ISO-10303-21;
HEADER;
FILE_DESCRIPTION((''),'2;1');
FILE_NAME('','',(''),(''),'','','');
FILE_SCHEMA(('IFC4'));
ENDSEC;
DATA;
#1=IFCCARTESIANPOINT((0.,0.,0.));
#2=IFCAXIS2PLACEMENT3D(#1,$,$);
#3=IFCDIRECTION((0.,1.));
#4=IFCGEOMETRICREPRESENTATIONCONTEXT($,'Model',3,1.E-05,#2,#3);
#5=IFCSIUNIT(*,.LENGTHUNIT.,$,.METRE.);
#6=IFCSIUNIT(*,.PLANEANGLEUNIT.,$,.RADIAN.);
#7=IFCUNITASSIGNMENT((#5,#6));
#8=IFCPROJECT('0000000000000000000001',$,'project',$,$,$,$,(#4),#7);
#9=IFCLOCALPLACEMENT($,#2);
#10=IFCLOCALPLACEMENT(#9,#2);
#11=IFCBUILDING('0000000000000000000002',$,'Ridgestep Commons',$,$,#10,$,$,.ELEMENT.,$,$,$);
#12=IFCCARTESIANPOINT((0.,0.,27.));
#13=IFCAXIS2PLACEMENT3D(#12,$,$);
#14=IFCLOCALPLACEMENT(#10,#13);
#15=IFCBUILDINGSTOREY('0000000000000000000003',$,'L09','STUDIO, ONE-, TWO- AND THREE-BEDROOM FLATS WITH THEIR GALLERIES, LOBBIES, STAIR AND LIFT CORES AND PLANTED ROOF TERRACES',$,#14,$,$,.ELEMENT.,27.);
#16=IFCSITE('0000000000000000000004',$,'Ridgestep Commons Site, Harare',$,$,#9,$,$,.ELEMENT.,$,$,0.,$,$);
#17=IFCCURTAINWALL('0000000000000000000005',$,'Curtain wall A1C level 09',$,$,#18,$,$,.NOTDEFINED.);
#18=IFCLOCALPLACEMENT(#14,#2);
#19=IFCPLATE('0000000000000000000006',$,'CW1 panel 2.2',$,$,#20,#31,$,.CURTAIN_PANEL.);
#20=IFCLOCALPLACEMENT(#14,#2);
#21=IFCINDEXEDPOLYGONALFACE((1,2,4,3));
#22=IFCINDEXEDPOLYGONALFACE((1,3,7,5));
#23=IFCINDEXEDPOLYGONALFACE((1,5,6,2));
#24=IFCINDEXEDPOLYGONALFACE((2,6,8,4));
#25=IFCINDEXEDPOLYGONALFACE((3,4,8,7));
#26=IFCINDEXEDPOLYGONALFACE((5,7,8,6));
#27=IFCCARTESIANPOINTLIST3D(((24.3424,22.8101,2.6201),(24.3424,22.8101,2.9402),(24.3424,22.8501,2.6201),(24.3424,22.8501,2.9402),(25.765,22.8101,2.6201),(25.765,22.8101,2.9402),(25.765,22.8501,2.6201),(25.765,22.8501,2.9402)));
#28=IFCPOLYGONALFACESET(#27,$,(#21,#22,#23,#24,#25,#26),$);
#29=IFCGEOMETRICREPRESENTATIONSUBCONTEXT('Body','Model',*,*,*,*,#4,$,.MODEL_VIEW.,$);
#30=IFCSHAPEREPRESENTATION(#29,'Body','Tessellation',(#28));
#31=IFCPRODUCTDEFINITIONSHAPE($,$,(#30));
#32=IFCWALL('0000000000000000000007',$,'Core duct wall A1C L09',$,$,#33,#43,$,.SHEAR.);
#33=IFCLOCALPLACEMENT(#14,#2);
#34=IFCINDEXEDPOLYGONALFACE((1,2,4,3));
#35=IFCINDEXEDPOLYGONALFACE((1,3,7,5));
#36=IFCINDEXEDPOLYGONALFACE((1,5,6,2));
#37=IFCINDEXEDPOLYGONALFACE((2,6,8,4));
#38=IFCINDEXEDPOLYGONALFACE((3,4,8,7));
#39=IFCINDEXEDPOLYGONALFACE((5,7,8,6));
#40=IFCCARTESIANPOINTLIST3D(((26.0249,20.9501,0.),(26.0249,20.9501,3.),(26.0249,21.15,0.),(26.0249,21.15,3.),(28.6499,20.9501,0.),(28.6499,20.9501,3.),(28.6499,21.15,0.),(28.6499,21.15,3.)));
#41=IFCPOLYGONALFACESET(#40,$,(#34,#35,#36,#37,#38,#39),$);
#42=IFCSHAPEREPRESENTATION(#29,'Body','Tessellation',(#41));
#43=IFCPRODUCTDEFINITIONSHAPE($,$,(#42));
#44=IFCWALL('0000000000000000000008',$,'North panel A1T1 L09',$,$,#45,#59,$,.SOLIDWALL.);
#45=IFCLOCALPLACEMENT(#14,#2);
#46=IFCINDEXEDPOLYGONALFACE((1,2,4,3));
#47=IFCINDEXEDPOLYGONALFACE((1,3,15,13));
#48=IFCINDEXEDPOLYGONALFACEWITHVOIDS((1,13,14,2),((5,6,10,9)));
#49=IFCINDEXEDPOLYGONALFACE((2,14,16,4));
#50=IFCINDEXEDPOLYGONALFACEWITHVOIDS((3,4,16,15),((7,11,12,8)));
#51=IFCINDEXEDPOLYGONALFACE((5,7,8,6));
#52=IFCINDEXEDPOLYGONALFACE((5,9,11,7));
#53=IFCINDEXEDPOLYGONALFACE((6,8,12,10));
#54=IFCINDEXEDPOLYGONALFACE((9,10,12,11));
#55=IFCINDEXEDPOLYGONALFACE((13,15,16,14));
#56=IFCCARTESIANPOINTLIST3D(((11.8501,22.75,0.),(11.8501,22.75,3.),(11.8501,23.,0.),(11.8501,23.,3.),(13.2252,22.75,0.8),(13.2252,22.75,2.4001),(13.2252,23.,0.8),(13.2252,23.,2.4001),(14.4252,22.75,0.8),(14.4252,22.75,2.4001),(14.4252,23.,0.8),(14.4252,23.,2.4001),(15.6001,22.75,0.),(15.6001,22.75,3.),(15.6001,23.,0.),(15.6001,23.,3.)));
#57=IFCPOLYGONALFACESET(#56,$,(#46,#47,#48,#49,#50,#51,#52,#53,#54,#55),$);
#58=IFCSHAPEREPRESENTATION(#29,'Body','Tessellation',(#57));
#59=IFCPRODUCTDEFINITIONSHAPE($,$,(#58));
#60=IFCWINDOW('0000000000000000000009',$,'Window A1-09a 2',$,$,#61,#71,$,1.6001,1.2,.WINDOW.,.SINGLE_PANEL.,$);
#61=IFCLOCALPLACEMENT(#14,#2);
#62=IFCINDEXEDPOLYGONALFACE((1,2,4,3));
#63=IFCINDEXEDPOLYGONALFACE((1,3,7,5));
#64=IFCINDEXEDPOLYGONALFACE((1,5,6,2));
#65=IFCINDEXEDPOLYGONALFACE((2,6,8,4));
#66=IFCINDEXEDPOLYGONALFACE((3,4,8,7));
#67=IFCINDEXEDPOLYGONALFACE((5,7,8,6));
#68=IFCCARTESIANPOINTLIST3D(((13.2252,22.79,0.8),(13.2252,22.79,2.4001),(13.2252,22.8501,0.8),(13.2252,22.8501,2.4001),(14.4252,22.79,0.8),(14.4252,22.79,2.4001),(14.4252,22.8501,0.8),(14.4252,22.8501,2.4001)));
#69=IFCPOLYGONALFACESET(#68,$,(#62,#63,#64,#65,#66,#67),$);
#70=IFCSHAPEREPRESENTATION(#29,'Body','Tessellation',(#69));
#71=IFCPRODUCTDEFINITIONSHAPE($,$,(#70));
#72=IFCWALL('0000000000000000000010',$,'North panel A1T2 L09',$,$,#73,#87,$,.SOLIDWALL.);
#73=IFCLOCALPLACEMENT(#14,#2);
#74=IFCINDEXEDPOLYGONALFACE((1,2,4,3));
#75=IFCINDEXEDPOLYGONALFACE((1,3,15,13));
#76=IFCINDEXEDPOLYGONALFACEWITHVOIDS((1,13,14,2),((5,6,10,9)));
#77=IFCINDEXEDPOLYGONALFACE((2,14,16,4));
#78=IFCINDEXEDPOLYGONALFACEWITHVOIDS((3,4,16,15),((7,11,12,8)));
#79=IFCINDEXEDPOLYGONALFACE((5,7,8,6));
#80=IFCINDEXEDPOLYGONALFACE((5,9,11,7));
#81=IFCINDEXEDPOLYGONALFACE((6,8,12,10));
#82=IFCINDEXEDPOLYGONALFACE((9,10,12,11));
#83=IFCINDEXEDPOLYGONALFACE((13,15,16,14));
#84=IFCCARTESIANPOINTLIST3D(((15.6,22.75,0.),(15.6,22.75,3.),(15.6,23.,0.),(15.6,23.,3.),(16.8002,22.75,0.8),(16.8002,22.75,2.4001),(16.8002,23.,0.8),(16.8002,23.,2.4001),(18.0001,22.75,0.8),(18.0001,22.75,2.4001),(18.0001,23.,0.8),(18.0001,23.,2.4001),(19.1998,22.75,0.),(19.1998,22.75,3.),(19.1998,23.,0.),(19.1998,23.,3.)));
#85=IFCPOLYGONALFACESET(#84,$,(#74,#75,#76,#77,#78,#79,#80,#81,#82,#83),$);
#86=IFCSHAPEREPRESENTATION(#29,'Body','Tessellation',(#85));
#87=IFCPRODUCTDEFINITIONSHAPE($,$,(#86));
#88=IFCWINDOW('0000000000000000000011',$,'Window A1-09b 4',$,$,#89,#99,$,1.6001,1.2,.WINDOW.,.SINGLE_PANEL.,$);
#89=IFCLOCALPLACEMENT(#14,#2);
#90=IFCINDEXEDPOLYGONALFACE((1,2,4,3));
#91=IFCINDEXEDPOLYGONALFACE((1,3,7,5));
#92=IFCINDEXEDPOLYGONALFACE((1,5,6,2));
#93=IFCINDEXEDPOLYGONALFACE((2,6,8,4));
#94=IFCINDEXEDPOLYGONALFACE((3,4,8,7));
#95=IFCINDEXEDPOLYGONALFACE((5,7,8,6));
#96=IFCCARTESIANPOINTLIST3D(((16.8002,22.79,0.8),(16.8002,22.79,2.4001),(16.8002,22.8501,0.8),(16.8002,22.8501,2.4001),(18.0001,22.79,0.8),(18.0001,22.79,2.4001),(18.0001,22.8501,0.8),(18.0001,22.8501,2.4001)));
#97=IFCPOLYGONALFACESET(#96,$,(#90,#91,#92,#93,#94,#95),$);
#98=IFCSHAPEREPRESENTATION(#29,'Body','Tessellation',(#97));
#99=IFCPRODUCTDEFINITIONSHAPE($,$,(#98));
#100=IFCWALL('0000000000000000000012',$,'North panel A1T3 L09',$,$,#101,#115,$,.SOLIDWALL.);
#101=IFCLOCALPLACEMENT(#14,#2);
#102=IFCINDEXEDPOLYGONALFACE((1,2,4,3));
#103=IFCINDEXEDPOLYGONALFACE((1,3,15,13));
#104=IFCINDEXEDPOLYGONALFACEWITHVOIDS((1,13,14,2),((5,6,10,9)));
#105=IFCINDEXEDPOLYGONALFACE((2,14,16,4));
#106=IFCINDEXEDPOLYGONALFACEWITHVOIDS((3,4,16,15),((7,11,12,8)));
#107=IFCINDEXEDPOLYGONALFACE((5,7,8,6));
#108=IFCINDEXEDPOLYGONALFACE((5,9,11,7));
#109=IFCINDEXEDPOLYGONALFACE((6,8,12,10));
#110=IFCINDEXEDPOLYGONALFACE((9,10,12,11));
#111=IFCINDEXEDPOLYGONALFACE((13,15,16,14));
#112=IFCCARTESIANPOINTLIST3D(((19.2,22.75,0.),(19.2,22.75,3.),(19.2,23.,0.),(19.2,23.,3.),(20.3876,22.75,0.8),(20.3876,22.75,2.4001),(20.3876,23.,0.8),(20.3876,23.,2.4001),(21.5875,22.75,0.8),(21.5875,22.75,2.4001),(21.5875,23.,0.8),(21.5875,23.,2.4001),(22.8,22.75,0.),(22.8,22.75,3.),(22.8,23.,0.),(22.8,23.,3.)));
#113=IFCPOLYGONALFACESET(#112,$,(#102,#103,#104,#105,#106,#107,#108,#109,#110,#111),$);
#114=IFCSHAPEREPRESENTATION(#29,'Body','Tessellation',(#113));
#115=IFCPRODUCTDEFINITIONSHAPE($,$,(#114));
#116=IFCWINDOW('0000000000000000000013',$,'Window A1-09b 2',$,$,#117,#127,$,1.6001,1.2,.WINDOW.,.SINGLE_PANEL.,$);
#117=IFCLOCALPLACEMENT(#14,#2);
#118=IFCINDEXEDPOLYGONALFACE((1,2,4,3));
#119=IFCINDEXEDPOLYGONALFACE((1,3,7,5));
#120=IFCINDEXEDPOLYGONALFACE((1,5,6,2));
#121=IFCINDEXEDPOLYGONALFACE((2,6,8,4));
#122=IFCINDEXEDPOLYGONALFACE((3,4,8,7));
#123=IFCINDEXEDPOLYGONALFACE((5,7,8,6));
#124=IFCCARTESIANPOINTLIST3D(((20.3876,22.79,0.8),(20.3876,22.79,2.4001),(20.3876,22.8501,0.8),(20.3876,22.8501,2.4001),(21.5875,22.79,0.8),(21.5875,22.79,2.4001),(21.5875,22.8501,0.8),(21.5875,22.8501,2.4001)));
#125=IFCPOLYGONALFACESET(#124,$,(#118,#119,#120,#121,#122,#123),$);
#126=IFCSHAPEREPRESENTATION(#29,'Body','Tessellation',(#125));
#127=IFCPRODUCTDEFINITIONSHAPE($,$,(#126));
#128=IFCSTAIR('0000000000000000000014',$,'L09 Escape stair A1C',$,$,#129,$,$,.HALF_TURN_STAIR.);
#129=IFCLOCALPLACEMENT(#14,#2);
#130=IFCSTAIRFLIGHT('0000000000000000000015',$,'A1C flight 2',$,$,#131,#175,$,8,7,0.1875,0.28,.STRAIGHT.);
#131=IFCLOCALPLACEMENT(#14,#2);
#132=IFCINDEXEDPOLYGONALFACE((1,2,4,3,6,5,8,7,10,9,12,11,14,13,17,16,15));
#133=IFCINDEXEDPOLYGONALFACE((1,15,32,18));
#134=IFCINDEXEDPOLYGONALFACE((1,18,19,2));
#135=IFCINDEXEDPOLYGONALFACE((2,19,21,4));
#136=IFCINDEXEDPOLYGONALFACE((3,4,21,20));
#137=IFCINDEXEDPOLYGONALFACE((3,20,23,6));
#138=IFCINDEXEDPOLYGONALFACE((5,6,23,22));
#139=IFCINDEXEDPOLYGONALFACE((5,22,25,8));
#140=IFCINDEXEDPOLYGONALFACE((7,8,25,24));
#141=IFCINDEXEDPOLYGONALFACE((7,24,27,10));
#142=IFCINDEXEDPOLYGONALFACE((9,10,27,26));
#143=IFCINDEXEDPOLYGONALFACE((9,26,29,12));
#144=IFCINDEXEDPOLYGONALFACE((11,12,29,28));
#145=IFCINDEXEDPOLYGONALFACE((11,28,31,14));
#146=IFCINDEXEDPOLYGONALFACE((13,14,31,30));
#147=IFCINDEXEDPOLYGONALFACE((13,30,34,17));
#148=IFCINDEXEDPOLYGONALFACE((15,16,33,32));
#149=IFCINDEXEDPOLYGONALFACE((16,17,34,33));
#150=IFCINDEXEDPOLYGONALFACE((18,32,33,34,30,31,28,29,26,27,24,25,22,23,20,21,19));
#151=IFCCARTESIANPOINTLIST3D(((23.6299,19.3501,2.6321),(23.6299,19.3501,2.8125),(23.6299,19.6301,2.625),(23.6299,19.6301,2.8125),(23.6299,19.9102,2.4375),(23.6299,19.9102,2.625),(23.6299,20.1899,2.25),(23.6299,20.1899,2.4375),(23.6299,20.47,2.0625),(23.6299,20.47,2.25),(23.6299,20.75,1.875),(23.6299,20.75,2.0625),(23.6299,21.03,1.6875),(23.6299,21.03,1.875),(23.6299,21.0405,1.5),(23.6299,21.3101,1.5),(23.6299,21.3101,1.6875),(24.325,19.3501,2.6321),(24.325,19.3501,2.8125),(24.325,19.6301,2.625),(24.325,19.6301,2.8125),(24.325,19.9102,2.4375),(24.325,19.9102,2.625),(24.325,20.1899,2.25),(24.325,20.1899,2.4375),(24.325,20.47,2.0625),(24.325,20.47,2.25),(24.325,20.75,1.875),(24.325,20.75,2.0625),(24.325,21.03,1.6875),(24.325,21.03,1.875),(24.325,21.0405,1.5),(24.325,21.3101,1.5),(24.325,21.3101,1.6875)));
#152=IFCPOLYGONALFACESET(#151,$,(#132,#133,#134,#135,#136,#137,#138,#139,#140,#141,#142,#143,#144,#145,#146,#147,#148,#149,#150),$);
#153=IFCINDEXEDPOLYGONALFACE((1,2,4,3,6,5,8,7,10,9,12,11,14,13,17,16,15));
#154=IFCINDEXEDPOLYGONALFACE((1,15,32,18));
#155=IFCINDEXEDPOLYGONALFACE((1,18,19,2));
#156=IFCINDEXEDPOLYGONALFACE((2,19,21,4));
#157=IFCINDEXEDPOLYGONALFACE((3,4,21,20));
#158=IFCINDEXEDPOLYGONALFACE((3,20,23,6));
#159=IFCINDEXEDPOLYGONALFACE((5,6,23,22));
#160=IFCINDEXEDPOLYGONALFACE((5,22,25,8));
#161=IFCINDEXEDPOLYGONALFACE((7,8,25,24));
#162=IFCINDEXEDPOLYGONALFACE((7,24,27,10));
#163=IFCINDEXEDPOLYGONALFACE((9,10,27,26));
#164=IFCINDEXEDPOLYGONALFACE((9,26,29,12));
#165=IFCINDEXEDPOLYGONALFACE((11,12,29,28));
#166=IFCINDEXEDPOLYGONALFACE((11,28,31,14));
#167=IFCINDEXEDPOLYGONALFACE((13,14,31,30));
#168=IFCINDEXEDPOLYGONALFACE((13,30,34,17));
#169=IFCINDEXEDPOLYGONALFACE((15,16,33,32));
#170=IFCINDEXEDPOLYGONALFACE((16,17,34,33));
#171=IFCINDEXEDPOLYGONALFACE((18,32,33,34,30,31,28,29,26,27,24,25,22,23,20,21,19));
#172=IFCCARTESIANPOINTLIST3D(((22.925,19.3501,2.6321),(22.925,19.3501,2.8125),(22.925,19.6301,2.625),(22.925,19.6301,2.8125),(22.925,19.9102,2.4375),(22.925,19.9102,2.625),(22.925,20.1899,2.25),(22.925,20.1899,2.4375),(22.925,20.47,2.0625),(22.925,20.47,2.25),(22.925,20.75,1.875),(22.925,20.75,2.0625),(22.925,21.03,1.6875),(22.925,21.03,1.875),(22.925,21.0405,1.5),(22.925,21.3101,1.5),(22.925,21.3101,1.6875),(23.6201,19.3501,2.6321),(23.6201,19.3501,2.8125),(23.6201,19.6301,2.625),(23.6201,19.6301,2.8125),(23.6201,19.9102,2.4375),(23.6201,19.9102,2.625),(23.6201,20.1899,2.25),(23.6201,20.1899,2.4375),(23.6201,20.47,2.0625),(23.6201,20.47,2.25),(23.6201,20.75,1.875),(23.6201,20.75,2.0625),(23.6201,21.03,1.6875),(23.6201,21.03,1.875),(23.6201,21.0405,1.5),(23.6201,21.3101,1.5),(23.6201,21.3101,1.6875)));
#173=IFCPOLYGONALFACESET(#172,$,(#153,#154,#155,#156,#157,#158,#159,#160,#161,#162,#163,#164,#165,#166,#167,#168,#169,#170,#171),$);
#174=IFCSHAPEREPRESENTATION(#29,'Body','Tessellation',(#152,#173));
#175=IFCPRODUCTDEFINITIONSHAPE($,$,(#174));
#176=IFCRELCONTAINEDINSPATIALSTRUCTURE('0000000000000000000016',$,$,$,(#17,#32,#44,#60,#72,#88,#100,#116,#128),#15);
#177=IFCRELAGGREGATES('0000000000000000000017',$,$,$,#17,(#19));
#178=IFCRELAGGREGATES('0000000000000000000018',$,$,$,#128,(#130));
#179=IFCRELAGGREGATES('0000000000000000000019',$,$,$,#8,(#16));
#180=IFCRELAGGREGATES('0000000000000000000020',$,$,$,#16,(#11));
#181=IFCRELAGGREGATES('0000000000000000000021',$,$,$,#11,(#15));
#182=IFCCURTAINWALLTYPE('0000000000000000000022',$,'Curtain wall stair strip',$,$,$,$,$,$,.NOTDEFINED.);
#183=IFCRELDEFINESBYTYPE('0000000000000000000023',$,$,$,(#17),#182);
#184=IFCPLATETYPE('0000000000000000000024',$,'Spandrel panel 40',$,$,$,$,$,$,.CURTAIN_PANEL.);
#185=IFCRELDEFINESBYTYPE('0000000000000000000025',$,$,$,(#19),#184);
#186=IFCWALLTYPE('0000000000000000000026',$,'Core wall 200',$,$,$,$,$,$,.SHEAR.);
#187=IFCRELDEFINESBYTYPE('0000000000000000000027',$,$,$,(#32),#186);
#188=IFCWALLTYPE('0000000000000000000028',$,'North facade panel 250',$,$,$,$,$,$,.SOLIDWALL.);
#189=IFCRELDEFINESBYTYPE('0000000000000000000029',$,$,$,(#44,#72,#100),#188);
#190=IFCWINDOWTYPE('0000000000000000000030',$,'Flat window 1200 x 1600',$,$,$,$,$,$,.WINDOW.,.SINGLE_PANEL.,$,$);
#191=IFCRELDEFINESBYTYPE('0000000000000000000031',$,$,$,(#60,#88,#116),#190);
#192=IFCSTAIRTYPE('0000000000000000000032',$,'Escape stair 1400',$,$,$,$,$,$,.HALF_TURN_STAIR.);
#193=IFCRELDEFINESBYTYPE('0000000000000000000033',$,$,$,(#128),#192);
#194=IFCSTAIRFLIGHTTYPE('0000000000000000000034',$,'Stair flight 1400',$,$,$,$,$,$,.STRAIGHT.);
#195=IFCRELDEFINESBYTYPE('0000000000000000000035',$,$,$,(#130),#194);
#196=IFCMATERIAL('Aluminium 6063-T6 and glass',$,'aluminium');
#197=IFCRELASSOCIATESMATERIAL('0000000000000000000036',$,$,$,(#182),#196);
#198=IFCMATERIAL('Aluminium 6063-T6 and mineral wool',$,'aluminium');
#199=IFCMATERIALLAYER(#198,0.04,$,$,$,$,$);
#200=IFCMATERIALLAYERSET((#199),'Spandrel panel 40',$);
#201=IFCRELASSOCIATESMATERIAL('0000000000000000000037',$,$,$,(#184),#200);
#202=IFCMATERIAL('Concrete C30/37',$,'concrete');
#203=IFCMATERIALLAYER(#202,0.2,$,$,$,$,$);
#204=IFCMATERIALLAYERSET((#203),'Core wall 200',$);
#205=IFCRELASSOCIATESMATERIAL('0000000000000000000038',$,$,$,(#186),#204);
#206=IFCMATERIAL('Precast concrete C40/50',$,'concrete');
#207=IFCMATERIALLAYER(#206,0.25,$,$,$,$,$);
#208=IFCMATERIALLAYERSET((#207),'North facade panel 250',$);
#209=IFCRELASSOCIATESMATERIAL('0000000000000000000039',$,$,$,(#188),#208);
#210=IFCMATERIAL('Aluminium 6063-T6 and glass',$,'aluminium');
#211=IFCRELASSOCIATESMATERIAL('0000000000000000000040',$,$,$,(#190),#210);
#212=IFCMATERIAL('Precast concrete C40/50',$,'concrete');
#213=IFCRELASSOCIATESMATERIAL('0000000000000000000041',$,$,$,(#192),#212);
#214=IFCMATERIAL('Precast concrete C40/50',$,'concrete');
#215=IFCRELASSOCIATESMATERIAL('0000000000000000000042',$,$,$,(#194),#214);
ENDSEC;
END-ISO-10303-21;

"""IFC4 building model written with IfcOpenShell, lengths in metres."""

from ifc_helpers import new_model, si_unit, direction, frame, frame_2d, origin, origin_2d, place, context, subcontext, project, spatial, polyline, rectangle, outline, extrude, material, layer, layer_set, type_object, element, fill, aggregate, save


model = new_model("IFC4")

# Units and contexts
model_context = context("Model", 3, precision=1e-05, world=origin(), true_north=direction((0.0, 1.0)))
body_context = subcontext(model_context, "Body", "Model", "MODEL_VIEW")
ifc_project = project(units=[si_unit("LENGTHUNIT", "METRE"), si_unit("PLANEANGLEUNIT", "RADIAN")], contexts=[model_context])

# Site, building, storey
site_placement = place(None, origin())
site = spatial("IfcSite", under=ifc_project, at=site_placement, Name="Ridgestep Commons Site, Harare", CompositionType="ELEMENT", RefElevation=0.0)
building_placement = place(site_placement, origin())
building = spatial("IfcBuilding", under=site, at=building_placement, Name="Ridgestep Commons", CompositionType="ELEMENT")
storey_placement = place(building_placement, frame((0.0, 0.0, 27.0)))
storey = spatial("IfcBuildingStorey", under=building, at=storey_placement, Name="L09", Description="STUDIO, ONE-, TWO- AND THREE-BEDROOM FLATS WITH THEIR GALLERIES, LOBBIES, STAIR AND LIFT CORES AND PLANTED ROOF TERRACES", CompositionType="ELEMENT", Elevation=27.0)

# Curtain wall
ifc_material_1 = material(Name="Aluminium 6063-T6 and glass", Category="aluminium")
curtain_wall_type = type_object("IfcCurtainWallType", Name="Curtain wall stair strip", PredefinedType="NOTDEFINED", material=ifc_material_1)
curtain_wall_1_placement = place(storey_placement, origin())
curtain_wall_1 = element("IfcCurtainWall", 1, at=curtain_wall_1_placement, inside=storey, type_object=curtain_wall_type, Name="Curtain wall A1C level 09", PredefinedType="NOTDEFINED")

# Plate
ifc_material_2 = material(Name="Aluminium 6063-T6 and mineral wool", Category="aluminium")
ifc_layer_1 = layer(ifc_material_2, 0.04)
ifc_layer_set_1 = layer_set([ifc_layer_1], Name="Spandrel panel 40")
plate_type_1 = type_object("IfcPlateType", Name="Spandrel panel 40", PredefinedType="CURTAIN_PANEL", material=ifc_layer_set_1)
plate_1_placement = place(storey_placement, frame((25.0537, 22.8301, 2.6201), z_axis=(0.0, 0.0, 1.0), x_axis=(1.0, 0.0, 0.0)))
plate_1 = element("IfcPlate", 2, at=plate_1_placement, type_object=plate_type_1, Name="CW1 panel 2.2", PredefinedType="CURTAIN_PANEL", context=body_context, shape_type="SweptSolid", body=[
    extrude(rectangle(XDim=1.4226, YDim=0.04, at=origin_2d()), origin(), (0.0, 0.0, 1.0), 0.3201),
])
aggregate(curtain_wall_1, [plate_1])

# Wall
ifc_material_3 = material(Name="Concrete C30/37", Category="concrete")
ifc_layer_2 = layer(ifc_material_3, 0.2)
ifc_layer_set_2 = layer_set([ifc_layer_2], Name="Core wall 200")
wall_type_1 = type_object("IfcWallType", Name="Core wall 200", PredefinedType="SHEAR", material=ifc_layer_set_2)
wall_1_placement = place(storey_placement, frame((26.0249, 21.05, 0.0), z_axis=(0.0, 0.0, 1.0), x_axis=(1.0, 0.0, 0.0)))
element("IfcWall", 3, at=wall_1_placement, inside=storey, type_object=wall_type_1, Name="Core duct wall A1C L09", PredefinedType="SHEAR", context=body_context, shape_type="SweptSolid", body=[
    extrude(rectangle(XDim=2.625, YDim=0.2, at=frame_2d((1.3125, 0.0))), origin(), (0.0, 0.0, 1.0), 3.0),
])

# Walls, openings, windows
ifc_material_4 = material(Name="Precast concrete C40/50", Category="concrete")
ifc_layer_3 = layer(ifc_material_4, 0.25)
ifc_layer_set_3 = layer_set([ifc_layer_3], Name="North facade panel 250")
wall_type_2 = type_object("IfcWallType", Name="North facade panel 250", PredefinedType="SOLIDWALL", material=ifc_layer_set_3)
wall_2_placement = place(storey_placement, frame((11.8501, 22.875, 0.0), z_axis=(0.0, 0.0, 1.0), x_axis=(1.0, 0.0, 0.0)))
wall_2 = element("IfcWall", 4, at=wall_2_placement, inside=storey, type_object=wall_type_2, Name="North panel A1T1 L09", PredefinedType="SOLIDWALL", context=body_context, shape_type="SweptSolid", body=[
    extrude(rectangle(XDim=3.75, YDim=0.25, at=frame_2d((1.875, 0.0))), origin(), (0.0, 0.0, 1.0), 3.0),
])
opening_1_placement = place(wall_2_placement, frame((1.375, 0.0, 0.8)))
opening_1 = element("IfcOpeningElement", 5, at=opening_1_placement, cuts=wall_2, PredefinedType="OPENING", context=body_context, shape_type="SweptSolid", body=[
    extrude(rectangle(XDim=1.2, YDim=1.6001, at=frame_2d((0.6001, 0.8))), frame((0.0, 0.135, 0.0), z_axis=(0.0, -1.0, 0.0), x_axis=(1.0, 0.0, 0.0)), (0.0, 0.0, 1.0), 0.27),
])
ifc_material_5 = material(Name="Aluminium 6063-T6 and glass", Category="aluminium")
window_type = type_object("IfcWindowType", Name="Flat window 1200 x 1600", PartitioningType="SINGLE_PANEL", PredefinedType="WINDOW", material=ifc_material_5)
window_1_placement = place(opening_1_placement, origin())
window_1 = element("IfcWindow", 6, at=window_1_placement, inside=storey, type_object=window_type, Name="Window A1-09a 2", OverallHeight=1.6001, OverallWidth=1.2, PartitioningType="SINGLE_PANEL", PredefinedType="WINDOW", context=body_context, shape_type="SweptSolid", body=[
    extrude(rectangle(XDim=1.2, YDim=1.6001, at=frame_2d((0.6001, 0.8))), frame((0.0, -0.0249, 0.0), z_axis=(0.0, -1.0, 0.0), x_axis=(1.0, 0.0, 0.0)), (0.0, 0.0, 1.0), 0.0601),
])
fill(opening_1, window_1)
wall_3_placement = place(storey_placement, frame((15.6001, 22.875, 0.0), z_axis=(0.0, 0.0, 1.0), x_axis=(1.0, 0.0, 0.0)))
wall_3 = element("IfcWall", 7, at=wall_3_placement, inside=storey, type_object=wall_type_2, Name="North panel A1T2 L09", PredefinedType="SOLIDWALL", context=body_context, shape_type="SweptSolid", body=[
    extrude(rectangle(XDim=3.5999, YDim=0.25, at=frame_2d((1.7998, 0.0))), origin(), (0.0, 0.0, 1.0), 3.0),
])
opening_2_placement = place(wall_3_placement, frame((1.2, 0.0, 0.8)))
opening_2 = element("IfcOpeningElement", 8, at=opening_2_placement, cuts=wall_3, PredefinedType="OPENING", context=body_context, shape_type="SweptSolid", body=[
    extrude(rectangle(XDim=1.2, YDim=1.6001, at=frame_2d((0.6001, 0.8))), frame((0.0, 0.135, 0.0), z_axis=(0.0, -1.0, 0.0), x_axis=(1.0, 0.0, 0.0)), (0.0, 0.0, 1.0), 0.27),
])
window_2_placement = place(opening_2_placement, origin())
window_2 = element("IfcWindow", 9, at=window_2_placement, inside=storey, type_object=window_type, Name="Window A1-09b 4", OverallHeight=1.6001, OverallWidth=1.2, PartitioningType="SINGLE_PANEL", PredefinedType="WINDOW", context=body_context, shape_type="SweptSolid", body=[
    extrude(rectangle(XDim=1.2, YDim=1.6001, at=frame_2d((0.6001, 0.8))), frame((0.0, -0.0249, 0.0), z_axis=(0.0, -1.0, 0.0), x_axis=(1.0, 0.0, 0.0)), (0.0, 0.0, 1.0), 0.0601),
])
fill(opening_2, window_2)
wall_4_placement = place(storey_placement, frame((19.2, 22.875, 0.0), z_axis=(0.0, 0.0, 1.0), x_axis=(1.0, 0.0, 0.0)))
wall_4 = element("IfcWall", 10, at=wall_4_placement, inside=storey, type_object=wall_type_2, Name="North panel A1T3 L09", PredefinedType="SOLIDWALL", context=body_context, shape_type="SweptSolid", body=[
    extrude(rectangle(XDim=3.6001, YDim=0.25, at=frame_2d((1.8, 0.0))), origin(), (0.0, 0.0, 1.0), 3.0),
])
opening_3_placement = place(wall_4_placement, frame((1.1875, 0.0, 0.8)))
opening_3 = element("IfcOpeningElement", 11, at=opening_3_placement, cuts=wall_4, PredefinedType="OPENING", context=body_context, shape_type="SweptSolid", body=[
    extrude(rectangle(XDim=1.2, YDim=1.6001, at=frame_2d((0.6001, 0.8))), frame((0.0, 0.135, 0.0), z_axis=(0.0, -1.0, 0.0), x_axis=(1.0, 0.0, 0.0)), (0.0, 0.0, 1.0), 0.27),
])
window_3_placement = place(opening_3_placement, origin())
window_3 = element("IfcWindow", 12, at=window_3_placement, inside=storey, type_object=window_type, Name="Window A1-09b 2", OverallHeight=1.6001, OverallWidth=1.2, PartitioningType="SINGLE_PANEL", PredefinedType="WINDOW", context=body_context, shape_type="SweptSolid", body=[
    extrude(rectangle(XDim=1.2, YDim=1.6001, at=frame_2d((0.6001, 0.8))), frame((0.0, -0.0249, 0.0), z_axis=(0.0, -1.0, 0.0), x_axis=(1.0, 0.0, 0.0)), (0.0, 0.0, 1.0), 0.0601),
])
fill(opening_3, window_3)

# Stair, stair flight
ifc_material_6 = material(Name="Precast concrete C40/50", Category="concrete")
stair_type = type_object("IfcStairType", Name="Escape stair 1400", PredefinedType="HALF_TURN_STAIR", material=ifc_material_6)
stair_placement = place(storey_placement, origin())
stair = element("IfcStair", 13, at=stair_placement, inside=storey, type_object=stair_type, Name="L09 Escape stair A1C", PredefinedType="HALF_TURN_STAIR")
ifc_material_7 = material(Name="Precast concrete C40/50", Category="concrete")
stair_flight_type = type_object("IfcStairFlightType", Name="Stair flight 1400", PredefinedType="STRAIGHT", material=ifc_material_7)
stair_flight_placement = place(storey_placement, frame((23.625, 21.3101, 1.5), z_axis=(0.0, 0.0, 1.0), x_axis=(0.0, -1.0, 0.0)))
stair_flight = element("IfcStairFlight", 14, at=stair_flight_placement, type_object=stair_flight_type, Name="A1C flight 2", NumberOfRisers=8, NumberOfTreads=7, PredefinedType="STRAIGHT", RiserHeight=0.1875, TreadLength=0.28, context=body_context, shape_type="SweptSolid", body=[
    extrude(outline(polyline([(0.0, 0.0), (0.0, 0.1875), (0.28, 0.1875), (0.28, 0.375), (0.5601, 0.375), (0.5601, 0.5625), (0.8401, 0.5625), (0.8401, 0.75), (1.1201, 0.75), (1.1201, 0.9375), (1.3999, 0.9375), (1.3999, 1.125), (1.6799, 1.125), (1.6799, 1.3125), (1.96, 1.3125), (1.96, 1.5), (1.96, 1.1321), (0.2695, 0.0), (0.0, 0.0)])), frame((0.0, 0.7, 0.0), z_axis=(0.0, -1.0, 0.0), x_axis=(1.0, 0.0, 0.0)), (0.0, 0.0, 1.0), 0.6951),
    extrude(outline(polyline([(0.0, 0.0), (0.0, 0.1875), (0.28, 0.1875), (0.28, 0.375), (0.5601, 0.375), (0.5601, 0.5625), (0.8401, 0.5625), (0.8401, 0.75), (1.1201, 0.75), (1.1201, 0.9375), (1.3999, 0.9375), (1.3999, 1.125), (1.6799, 1.125), (1.6799, 1.3125), (1.96, 1.3125), (1.96, 1.5), (1.96, 1.1321), (0.2695, 0.0), (0.0, 0.0)])), frame((0.0, -0.0049, 0.0), z_axis=(0.0, -1.0, 0.0), x_axis=(1.0, 0.0, 0.0)), (0.0, 0.0, 1.0), 0.6951),
])
aggregate(stair, [stair_flight])

save(model, "model.ifc")
